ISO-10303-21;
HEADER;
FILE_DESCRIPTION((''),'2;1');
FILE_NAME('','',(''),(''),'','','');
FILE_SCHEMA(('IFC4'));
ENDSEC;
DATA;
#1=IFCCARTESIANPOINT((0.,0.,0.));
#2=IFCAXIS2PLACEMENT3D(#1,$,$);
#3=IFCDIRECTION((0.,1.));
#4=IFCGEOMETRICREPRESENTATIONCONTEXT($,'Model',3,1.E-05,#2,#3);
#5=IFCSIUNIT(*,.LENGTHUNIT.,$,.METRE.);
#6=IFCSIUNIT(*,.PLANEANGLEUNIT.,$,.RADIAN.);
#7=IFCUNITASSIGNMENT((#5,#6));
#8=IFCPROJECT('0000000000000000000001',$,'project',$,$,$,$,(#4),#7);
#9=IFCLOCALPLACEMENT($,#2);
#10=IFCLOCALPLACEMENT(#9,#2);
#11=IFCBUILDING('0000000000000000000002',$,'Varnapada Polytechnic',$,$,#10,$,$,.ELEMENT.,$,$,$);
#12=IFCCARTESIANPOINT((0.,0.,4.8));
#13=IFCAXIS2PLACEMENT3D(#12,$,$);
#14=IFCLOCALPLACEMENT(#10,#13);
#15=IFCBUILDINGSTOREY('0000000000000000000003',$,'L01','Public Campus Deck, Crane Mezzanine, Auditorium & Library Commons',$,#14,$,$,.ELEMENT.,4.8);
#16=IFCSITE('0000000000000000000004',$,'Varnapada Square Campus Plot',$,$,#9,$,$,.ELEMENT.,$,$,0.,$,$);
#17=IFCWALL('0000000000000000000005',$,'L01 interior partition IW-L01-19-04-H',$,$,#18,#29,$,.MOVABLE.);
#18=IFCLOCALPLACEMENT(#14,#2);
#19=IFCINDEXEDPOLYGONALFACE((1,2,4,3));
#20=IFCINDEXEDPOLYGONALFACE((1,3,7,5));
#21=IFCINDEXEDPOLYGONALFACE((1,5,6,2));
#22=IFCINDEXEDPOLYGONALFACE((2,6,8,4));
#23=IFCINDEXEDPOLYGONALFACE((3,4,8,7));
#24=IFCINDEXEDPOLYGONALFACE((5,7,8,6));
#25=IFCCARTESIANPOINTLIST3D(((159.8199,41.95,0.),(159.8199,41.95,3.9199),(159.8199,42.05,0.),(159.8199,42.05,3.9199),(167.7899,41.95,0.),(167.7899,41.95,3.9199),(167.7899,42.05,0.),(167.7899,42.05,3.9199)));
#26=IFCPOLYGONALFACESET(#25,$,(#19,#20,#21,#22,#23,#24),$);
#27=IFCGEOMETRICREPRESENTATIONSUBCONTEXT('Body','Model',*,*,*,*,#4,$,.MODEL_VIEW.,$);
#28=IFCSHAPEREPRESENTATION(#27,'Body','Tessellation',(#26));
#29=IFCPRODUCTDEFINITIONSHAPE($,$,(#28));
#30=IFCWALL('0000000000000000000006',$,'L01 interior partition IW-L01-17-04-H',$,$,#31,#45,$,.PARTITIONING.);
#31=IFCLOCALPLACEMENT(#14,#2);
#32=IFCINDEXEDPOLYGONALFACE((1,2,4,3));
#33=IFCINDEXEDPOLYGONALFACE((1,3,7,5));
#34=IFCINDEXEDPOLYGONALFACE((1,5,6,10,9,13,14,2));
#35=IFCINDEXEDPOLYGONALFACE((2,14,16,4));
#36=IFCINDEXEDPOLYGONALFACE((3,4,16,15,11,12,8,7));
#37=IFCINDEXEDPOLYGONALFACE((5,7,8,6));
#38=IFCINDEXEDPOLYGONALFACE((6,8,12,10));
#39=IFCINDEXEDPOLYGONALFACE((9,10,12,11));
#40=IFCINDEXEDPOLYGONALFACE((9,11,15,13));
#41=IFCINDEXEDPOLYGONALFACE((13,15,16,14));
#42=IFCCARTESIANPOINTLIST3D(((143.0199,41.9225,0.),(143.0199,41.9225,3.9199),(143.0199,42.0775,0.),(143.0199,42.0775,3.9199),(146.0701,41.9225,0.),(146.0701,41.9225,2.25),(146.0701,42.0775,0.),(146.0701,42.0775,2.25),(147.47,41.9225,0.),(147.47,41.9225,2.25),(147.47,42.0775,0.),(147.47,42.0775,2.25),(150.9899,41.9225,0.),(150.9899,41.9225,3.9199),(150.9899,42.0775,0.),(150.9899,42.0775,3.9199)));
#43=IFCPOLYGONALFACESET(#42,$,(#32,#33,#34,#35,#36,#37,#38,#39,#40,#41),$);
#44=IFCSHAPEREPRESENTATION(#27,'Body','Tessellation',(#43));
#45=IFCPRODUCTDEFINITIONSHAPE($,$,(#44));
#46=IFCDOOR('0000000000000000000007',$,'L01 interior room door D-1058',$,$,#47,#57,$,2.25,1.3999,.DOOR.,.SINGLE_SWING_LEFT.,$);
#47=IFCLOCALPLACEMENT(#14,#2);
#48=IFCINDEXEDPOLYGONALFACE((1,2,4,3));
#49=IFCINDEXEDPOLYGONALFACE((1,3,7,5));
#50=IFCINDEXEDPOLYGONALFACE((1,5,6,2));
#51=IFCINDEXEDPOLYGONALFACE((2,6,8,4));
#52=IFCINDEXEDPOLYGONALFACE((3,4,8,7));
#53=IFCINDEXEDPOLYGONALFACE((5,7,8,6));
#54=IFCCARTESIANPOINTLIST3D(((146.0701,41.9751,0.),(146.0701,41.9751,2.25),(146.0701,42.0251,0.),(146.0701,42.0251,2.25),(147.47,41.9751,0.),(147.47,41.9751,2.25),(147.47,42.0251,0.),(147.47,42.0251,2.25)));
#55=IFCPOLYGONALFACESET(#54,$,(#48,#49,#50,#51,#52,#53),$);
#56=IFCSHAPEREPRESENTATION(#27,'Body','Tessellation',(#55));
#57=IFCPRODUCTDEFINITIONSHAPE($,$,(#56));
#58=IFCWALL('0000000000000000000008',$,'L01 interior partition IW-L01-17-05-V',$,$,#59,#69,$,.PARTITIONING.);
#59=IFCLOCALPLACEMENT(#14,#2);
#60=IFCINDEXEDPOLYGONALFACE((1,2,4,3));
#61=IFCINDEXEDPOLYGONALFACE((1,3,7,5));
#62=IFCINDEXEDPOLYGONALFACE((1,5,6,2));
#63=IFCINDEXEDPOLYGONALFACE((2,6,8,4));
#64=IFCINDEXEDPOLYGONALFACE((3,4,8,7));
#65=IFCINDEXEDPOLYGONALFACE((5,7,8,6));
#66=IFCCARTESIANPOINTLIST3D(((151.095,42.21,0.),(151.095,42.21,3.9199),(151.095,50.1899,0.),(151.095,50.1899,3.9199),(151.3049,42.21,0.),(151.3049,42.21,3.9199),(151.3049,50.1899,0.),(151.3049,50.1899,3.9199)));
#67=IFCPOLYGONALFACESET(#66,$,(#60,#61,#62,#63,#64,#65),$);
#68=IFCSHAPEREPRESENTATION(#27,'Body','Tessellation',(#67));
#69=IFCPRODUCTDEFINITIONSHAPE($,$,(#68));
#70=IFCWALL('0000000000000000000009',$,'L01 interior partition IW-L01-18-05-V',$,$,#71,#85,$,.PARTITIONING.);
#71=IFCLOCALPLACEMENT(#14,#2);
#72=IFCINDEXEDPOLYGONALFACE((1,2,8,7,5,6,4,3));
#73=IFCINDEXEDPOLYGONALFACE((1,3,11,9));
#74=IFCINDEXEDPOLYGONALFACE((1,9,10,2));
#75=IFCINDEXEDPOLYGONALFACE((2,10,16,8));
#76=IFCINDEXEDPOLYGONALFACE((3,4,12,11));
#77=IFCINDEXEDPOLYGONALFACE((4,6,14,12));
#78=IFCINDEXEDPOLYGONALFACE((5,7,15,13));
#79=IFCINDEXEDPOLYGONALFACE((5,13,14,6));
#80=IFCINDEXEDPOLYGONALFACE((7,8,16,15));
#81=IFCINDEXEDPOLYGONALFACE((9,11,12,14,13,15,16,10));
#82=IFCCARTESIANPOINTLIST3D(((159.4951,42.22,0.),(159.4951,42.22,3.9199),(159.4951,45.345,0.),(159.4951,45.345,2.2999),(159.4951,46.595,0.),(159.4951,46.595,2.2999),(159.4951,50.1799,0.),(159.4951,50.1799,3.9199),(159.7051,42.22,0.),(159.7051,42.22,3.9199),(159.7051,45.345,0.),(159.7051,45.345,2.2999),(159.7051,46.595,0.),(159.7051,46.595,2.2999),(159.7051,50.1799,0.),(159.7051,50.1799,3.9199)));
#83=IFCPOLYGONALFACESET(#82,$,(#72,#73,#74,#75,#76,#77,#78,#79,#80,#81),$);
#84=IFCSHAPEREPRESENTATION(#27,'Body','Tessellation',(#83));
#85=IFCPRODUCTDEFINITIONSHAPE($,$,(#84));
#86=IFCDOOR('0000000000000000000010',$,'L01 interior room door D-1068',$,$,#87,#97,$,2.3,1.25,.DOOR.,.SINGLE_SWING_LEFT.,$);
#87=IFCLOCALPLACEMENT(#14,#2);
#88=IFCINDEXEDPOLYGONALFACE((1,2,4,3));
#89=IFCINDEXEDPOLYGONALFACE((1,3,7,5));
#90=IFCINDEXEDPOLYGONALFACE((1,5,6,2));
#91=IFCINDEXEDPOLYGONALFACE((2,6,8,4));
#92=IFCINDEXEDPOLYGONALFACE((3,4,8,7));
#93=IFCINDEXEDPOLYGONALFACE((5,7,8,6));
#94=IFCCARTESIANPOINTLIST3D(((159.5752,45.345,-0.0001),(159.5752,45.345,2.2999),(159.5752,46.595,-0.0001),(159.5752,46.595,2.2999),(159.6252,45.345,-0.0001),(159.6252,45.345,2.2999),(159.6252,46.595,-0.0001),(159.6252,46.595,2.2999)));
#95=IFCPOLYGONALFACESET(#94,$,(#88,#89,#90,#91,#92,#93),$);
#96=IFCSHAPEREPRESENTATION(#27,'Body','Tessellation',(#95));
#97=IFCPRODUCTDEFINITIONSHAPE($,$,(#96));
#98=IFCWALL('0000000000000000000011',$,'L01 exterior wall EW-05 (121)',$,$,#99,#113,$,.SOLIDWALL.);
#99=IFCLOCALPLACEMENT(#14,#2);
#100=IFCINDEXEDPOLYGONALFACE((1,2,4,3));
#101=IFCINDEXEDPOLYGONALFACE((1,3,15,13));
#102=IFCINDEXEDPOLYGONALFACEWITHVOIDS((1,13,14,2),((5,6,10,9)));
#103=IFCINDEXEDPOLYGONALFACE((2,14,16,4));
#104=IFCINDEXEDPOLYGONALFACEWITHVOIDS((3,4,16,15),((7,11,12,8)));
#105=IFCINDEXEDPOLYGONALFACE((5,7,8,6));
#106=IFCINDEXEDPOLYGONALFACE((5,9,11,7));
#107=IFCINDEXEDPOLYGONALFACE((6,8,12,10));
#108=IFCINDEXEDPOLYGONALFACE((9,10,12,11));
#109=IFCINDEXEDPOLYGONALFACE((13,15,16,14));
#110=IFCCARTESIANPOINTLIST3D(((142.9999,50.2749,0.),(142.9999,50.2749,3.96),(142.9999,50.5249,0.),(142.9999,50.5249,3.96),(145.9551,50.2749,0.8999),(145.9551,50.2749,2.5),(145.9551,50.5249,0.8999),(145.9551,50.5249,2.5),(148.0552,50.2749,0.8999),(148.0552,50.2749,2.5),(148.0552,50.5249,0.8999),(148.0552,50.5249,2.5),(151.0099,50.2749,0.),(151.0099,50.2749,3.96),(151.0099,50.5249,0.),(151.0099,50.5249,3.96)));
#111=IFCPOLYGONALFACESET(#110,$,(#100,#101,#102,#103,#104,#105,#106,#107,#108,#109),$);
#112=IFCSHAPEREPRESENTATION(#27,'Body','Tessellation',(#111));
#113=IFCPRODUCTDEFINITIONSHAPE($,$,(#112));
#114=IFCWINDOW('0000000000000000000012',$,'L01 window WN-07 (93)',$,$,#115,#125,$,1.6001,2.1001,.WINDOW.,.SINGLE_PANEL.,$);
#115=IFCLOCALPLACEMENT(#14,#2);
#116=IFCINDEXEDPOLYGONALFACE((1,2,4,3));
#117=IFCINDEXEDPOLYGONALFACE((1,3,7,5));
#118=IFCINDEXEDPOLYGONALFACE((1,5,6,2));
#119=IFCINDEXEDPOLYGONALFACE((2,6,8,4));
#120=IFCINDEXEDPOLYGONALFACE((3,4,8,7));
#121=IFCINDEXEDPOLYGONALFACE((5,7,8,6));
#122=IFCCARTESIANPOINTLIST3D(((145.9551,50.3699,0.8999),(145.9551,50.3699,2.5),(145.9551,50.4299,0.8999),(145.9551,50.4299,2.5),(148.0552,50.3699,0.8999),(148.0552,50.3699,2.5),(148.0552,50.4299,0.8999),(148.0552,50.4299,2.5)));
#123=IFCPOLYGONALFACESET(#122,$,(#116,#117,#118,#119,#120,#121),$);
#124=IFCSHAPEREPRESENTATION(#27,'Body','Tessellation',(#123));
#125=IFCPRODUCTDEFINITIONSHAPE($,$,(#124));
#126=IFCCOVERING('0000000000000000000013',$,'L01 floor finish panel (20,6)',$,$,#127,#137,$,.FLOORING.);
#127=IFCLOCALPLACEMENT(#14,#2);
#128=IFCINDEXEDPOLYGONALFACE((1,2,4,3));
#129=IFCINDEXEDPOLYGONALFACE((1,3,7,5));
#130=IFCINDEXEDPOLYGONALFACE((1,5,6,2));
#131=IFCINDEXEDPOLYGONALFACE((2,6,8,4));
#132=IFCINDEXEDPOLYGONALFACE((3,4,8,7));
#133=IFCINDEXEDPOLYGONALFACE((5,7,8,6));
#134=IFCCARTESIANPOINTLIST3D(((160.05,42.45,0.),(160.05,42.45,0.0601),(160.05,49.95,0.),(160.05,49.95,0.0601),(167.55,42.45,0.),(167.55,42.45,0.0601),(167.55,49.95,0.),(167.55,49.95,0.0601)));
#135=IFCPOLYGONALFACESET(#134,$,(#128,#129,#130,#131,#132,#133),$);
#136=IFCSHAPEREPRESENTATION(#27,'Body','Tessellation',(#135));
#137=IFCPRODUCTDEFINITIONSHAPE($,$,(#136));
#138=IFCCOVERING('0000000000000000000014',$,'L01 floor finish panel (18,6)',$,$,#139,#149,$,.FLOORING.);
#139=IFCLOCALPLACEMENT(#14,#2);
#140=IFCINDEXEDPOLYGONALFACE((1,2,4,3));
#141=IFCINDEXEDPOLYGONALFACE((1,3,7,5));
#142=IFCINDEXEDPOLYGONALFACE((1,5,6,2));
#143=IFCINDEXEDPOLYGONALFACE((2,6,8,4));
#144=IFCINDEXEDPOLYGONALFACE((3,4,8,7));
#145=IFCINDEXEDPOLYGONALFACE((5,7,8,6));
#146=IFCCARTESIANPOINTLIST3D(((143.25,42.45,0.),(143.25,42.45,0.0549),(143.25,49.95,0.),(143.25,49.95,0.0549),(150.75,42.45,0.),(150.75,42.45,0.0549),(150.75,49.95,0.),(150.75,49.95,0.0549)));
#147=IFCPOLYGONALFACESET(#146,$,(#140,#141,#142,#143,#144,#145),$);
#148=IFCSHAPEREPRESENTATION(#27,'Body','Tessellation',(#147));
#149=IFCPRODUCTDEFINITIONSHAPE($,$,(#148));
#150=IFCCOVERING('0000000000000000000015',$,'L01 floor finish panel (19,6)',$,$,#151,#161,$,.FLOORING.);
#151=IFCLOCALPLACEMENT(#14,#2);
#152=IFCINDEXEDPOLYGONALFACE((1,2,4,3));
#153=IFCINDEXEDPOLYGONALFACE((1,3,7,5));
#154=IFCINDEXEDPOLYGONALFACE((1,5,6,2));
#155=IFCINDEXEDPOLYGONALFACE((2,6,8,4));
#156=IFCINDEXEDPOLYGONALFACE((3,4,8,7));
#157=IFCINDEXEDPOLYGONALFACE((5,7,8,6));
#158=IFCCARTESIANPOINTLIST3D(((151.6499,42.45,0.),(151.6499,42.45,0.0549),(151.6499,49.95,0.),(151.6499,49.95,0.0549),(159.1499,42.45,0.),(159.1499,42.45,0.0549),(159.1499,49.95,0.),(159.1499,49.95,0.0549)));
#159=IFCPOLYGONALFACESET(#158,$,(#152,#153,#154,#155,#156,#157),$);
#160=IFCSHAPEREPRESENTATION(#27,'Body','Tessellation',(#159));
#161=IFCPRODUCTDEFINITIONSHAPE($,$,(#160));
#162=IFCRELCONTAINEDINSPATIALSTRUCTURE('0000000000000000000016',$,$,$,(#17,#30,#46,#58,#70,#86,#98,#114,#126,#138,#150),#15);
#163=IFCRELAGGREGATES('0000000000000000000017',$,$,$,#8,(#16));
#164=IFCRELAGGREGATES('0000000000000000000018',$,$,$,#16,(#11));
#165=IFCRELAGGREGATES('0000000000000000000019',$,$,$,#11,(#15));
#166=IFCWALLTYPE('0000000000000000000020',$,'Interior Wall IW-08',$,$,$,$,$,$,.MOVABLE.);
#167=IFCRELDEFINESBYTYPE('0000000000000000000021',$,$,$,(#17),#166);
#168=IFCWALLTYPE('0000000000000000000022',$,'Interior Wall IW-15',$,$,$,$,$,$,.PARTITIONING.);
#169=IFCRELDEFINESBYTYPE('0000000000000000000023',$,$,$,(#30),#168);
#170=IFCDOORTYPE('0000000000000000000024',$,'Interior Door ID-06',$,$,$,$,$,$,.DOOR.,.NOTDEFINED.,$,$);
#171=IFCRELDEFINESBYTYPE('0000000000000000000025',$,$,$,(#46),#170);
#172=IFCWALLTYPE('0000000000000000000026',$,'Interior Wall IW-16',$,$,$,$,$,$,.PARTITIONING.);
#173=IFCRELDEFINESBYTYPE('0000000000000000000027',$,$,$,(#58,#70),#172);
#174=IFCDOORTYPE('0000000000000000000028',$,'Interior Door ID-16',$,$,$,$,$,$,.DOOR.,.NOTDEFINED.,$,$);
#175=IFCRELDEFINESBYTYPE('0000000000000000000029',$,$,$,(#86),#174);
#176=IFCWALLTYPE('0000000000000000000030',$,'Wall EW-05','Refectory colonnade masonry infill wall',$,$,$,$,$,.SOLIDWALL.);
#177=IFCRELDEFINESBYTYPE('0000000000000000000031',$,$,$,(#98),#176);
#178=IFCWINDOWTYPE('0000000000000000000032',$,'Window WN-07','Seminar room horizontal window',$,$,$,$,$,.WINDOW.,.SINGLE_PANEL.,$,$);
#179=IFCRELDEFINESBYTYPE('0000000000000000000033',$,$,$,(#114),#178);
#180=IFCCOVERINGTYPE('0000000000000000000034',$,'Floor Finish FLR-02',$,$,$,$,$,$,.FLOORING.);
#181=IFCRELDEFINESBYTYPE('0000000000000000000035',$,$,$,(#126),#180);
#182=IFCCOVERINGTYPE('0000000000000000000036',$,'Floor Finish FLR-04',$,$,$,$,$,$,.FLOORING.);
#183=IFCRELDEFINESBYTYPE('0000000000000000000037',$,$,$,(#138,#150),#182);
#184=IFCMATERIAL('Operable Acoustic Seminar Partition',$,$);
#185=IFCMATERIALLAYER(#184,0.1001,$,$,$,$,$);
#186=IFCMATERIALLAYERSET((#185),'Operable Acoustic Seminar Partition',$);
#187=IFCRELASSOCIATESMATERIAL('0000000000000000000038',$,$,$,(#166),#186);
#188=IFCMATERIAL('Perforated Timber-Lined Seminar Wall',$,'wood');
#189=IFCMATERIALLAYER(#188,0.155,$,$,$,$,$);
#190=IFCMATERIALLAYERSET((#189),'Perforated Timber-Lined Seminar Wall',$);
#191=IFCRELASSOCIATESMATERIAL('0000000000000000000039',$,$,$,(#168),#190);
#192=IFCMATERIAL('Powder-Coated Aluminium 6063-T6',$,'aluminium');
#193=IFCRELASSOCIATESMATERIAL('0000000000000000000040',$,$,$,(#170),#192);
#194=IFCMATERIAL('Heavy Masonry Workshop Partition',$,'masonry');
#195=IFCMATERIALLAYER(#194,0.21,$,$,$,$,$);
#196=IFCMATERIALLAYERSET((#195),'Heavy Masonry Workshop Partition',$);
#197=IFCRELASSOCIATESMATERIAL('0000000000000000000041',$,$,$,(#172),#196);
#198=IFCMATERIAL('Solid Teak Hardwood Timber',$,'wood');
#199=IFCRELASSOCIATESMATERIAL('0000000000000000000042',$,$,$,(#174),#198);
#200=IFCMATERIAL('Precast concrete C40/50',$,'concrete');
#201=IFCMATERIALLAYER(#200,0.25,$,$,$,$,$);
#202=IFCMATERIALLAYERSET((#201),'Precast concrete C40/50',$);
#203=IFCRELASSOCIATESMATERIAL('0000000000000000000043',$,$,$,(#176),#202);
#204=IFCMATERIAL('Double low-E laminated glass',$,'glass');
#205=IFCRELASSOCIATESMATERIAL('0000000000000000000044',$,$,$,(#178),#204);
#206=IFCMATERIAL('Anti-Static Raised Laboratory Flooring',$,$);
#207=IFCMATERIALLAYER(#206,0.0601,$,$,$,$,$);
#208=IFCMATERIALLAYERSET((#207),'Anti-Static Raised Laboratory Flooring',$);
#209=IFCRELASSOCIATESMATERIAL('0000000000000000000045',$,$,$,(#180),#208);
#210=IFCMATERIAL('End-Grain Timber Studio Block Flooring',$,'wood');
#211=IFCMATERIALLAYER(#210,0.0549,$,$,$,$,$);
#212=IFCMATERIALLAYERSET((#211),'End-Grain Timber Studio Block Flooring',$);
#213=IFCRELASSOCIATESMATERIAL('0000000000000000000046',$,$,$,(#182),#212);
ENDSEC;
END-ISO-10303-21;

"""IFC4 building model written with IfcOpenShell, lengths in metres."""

from ifc_helpers import new_model, si_unit, direction, frame, frame_2d, origin, origin_2d, place, context, subcontext, project, spatial, rectangle, extrude, material, layer, layer_set, type_object, element, fill, save


model = new_model("IFC4")

# Units and contexts
model_context = context("Model", 3, precision=1e-05, world=origin(), true_north=direction((0.0, 1.0)))
body_context = subcontext(model_context, "Body", "Model", "MODEL_VIEW")
ifc_project = project(units=[si_unit("LENGTHUNIT", "METRE"), si_unit("PLANEANGLEUNIT", "RADIAN")], contexts=[model_context])

# Site, building, storey
site_placement = place(None, origin())
site = spatial("IfcSite", under=ifc_project, at=site_placement, Name="Varnapada Square Campus Plot", CompositionType="ELEMENT", RefElevation=0.0)
building_placement = place(site_placement, origin())
building = spatial("IfcBuilding", under=site, at=building_placement, Name="Varnapada Polytechnic", CompositionType="ELEMENT")
storey_placement = place(building_placement, frame((0.0, 0.0, 4.8)))
storey = spatial("IfcBuildingStorey", under=building, at=storey_placement, Name="L01", Description="Public Campus Deck, Crane Mezzanine, Auditorium & Library Commons", CompositionType="ELEMENT", Elevation=4.8)

# Wall
ifc_material_1 = material(Name="Operable Acoustic Seminar Partition")
ifc_layer_1 = layer(ifc_material_1, 0.1001)
ifc_layer_set_1 = layer_set([ifc_layer_1], Name="Operable Acoustic Seminar Partition")
wall_type_1 = type_object("IfcWallType", Name="Interior Wall IW-08", PredefinedType="MOVABLE", material=ifc_layer_set_1)
wall_1_placement = place(storey_placement, frame((159.8201, 42.0, 0.0), z_axis=(0.0, 0.0, 1.0), x_axis=(1.0, 0.0, 0.0)))
element("IfcWall", 1, at=wall_1_placement, inside=storey, type_object=wall_type_1, Name="L01 interior partition IW-L01-19-04-H", PredefinedType="MOVABLE", context=body_context, shape_type="SweptSolid", body=[
    extrude(rectangle(XDim=7.97, YDim=0.1001, at=frame_2d((3.9849, 0.0))), origin(), (0.0, 0.0, 1.0), 3.9199),
])

# Wall, opening, door
ifc_material_2 = material(Name="Perforated Timber-Lined Seminar Wall", Category="wood")
ifc_layer_2 = layer(ifc_material_2, 0.155)
ifc_layer_set_2 = layer_set([ifc_layer_2], Name="Perforated Timber-Lined Seminar Wall")
wall_type_2 = type_object("IfcWallType", Name="Interior Wall IW-15", PredefinedType="PARTITIONING", material=ifc_layer_set_2)
wall_2_placement = place(storey_placement, frame((143.02, 42.0, 0.0), z_axis=(0.0, 0.0, 1.0), x_axis=(1.0, 0.0, 0.0)))
wall_2 = element("IfcWall", 2, at=wall_2_placement, inside=storey, type_object=wall_type_2, Name="L01 interior partition IW-L01-17-04-H", PredefinedType="PARTITIONING", context=body_context, shape_type="SweptSolid", body=[
    extrude(rectangle(XDim=7.97, YDim=0.155, at=frame_2d((3.9849, 0.0))), origin(), (0.0, 0.0, 1.0), 3.9199),
])
opening_1_placement = place(wall_2_placement, frame((3.05, 0.0, 0.0)))
opening_1 = element("IfcOpeningElement", 3, at=opening_1_placement, cuts=wall_2, PredefinedType="OPENING", context=body_context, shape_type="SweptSolid", body=[
    extrude(rectangle(XDim=1.3999, YDim=2.25, at=frame_2d((0.7, 1.125))), frame((0.0, 0.0874, 0.0), z_axis=(0.0, -1.0, 0.0), x_axis=(1.0, 0.0, 0.0)), (0.0, 0.0, 1.0), 0.175),
])
ifc_material_3 = material(Name="Powder-Coated Aluminium 6063-T6", Category="aluminium")
door_type_1 = type_object("IfcDoorType", Name="Interior Door ID-06", OperationType="NOTDEFINED", PredefinedType="DOOR", material=ifc_material_3)
door_1_placement = place(opening_1_placement, frame((1.3999, 0.0, 0.0), z_axis=(0.0, 0.0, 1.0), x_axis=(-1.0, 0.0, 0.0)))
door_1 = element("IfcDoor", 4, at=door_1_placement, inside=storey, type_object=door_type_1, Name="L01 interior room door D-1058", OperationType="SINGLE_SWING_LEFT", OverallHeight=2.25, OverallWidth=1.3999, PredefinedType="DOOR", context=body_context, shape_type="SweptSolid", body=[
    extrude(rectangle(XDim=1.3999, YDim=2.25, at=frame_2d((0.7, 1.125))), frame((0.0, 0.0249, 0.0), z_axis=(0.0, -1.0, 0.0), x_axis=(1.0, 0.0, 0.0)), (0.0, 0.0, 1.0), 0.05),
])
fill(opening_1, door_1)

# Wall
ifc_material_4 = material(Name="Heavy Masonry Workshop Partition", Category="masonry")
ifc_layer_3 = layer(ifc_material_4, 0.21)
ifc_layer_set_3 = layer_set([ifc_layer_3], Name="Heavy Masonry Workshop Partition")
wall_type_3 = type_object("IfcWallType", Name="Interior Wall IW-16", PredefinedType="PARTITIONING", material=ifc_layer_set_3)
wall_3_placement = place(storey_placement, frame((151.2, 42.21, 0.0), z_axis=(0.0, 0.0, 1.0), x_axis=(0.0, 1.0, 0.0)))
element("IfcWall", 5, at=wall_3_placement, inside=storey, type_object=wall_type_3, Name="L01 interior partition IW-L01-17-05-V", PredefinedType="PARTITIONING", context=body_context, shape_type="SweptSolid", body=[
    extrude(rectangle(XDim=7.98, YDim=0.21, at=frame_2d((3.99, 0.0))), origin(), (0.0, 0.0, 1.0), 3.9199),
])

# Wall, opening, door
wall_4_placement = place(storey_placement, frame((159.6001, 42.22, 0.0), z_axis=(0.0, 0.0, 1.0), x_axis=(0.0, 1.0, 0.0)))
wall_4 = element("IfcWall", 6, at=wall_4_placement, inside=storey, type_object=wall_type_3, Name="L01 interior partition IW-L01-18-05-V", PredefinedType="PARTITIONING", context=body_context, shape_type="SweptSolid", body=[
    extrude(rectangle(XDim=7.96, YDim=0.21, at=frame_2d((3.98, 0.0))), origin(), (0.0, 0.0, 1.0), 3.9199),
])
opening_2_placement = place(wall_4_placement, frame((3.125, 0.0, 0.0)))
opening_2 = element("IfcOpeningElement", 7, at=opening_2_placement, cuts=wall_4, PredefinedType="OPENING", context=body_context, shape_type="SweptSolid", body=[
    extrude(rectangle(XDim=1.25, YDim=2.3, at=frame_2d((0.625, 1.1499))), frame((0.0, 0.115, 0.0), z_axis=(0.0, -1.0, 0.0), x_axis=(1.0, 0.0, 0.0)), (0.0, 0.0, 1.0), 0.23),
])
ifc_material_5 = material(Name="Solid Teak Hardwood Timber", Category="wood")
door_type_2 = type_object("IfcDoorType", Name="Interior Door ID-16", OperationType="NOTDEFINED", PredefinedType="DOOR", material=ifc_material_5)
door_2_placement = place(opening_2_placement, origin())
door_2 = element("IfcDoor", 8, at=door_2_placement, inside=storey, type_object=door_type_2, Name="L01 interior room door D-1068", OperationType="SINGLE_SWING_LEFT", OverallHeight=2.3, OverallWidth=1.25, PredefinedType="DOOR", context=body_context, shape_type="SweptSolid", body=[
    extrude(rectangle(XDim=1.25, YDim=2.3, at=frame_2d((0.625, 1.1499))), frame((0.0, 0.0249, 0.0), z_axis=(0.0, -1.0, 0.0), x_axis=(1.0, 0.0, 0.0)), (0.0, 0.0, 1.0), 0.05),
])
fill(opening_2, door_2)

# Wall, opening, window
ifc_material_6 = material(Name="Precast concrete C40/50", Category="concrete")
ifc_layer_4 = layer(ifc_material_6, 0.25)
ifc_layer_set_4 = layer_set([ifc_layer_4], Name="Precast concrete C40/50")
wall_type_4 = type_object("IfcWallType", Name="Wall EW-05", Description="Refectory colonnade masonry infill wall", PredefinedType="SOLIDWALL", material=ifc_layer_set_4)
wall_5_placement = place(storey_placement, frame((143.0, 50.3999, 0.0), z_axis=(0.0, 0.0, 1.0), x_axis=(1.0, 0.0, 0.0)))
wall_5 = element("IfcWall", 9, at=wall_5_placement, inside=storey, type_object=wall_type_4, Name="L01 exterior wall EW-05 (121)", PredefinedType="SOLIDWALL", context=body_context, shape_type="SweptSolid", body=[
    extrude(rectangle(XDim=8.01, YDim=0.25, at=frame_2d((4.0049, 0.0))), origin(), (0.0, 0.0, 1.0), 3.96),
])
opening_3_placement = place(wall_5_placement, frame((2.9551, 0.0, 0.8999)))
opening_3 = element("IfcOpeningElement", 10, at=opening_3_placement, cuts=wall_5, PredefinedType="OPENING", context=body_context, shape_type="SweptSolid", body=[
    extrude(rectangle(XDim=2.1001, YDim=1.6001, at=frame_2d((1.05, 0.8))), frame((0.0, 0.135, 0.0), z_axis=(0.0, -1.0, 0.0), x_axis=(1.0, 0.0, 0.0)), (0.0, 0.0, 1.0), 0.27),
])
ifc_material_7 = material(Name="Double low-E laminated glass", Category="glass")
window_type = type_object("IfcWindowType", Name="Window WN-07", Description="Seminar room horizontal window", PartitioningType="SINGLE_PANEL", PredefinedType="WINDOW", material=ifc_material_7)
window_placement = place(opening_3_placement, origin())
window = element("IfcWindow", 11, at=window_placement, inside=storey, type_object=window_type, Name="L01 window WN-07 (93)", OverallHeight=1.6001, OverallWidth=2.1001, PartitioningType="SINGLE_PANEL", PredefinedType="WINDOW", context=body_context, shape_type="SweptSolid", body=[
    extrude(rectangle(XDim=2.1001, YDim=1.6001, at=frame_2d((1.05, 0.8))), frame((0.0, 0.03, 0.0), z_axis=(0.0, -1.0, 0.0), x_axis=(1.0, 0.0, 0.0)), (0.0, 0.0, 1.0), 0.0601),
])
fill(opening_3, window)

# Coverings
ifc_material_8 = material(Name="Anti-Static Raised Laboratory Flooring")
ifc_layer_5 = layer(ifc_material_8, 0.0601)
ifc_layer_set_5 = layer_set([ifc_layer_5], Name="Anti-Static Raised Laboratory Flooring")
covering_type_1 = type_object("IfcCoveringType", Name="Floor Finish FLR-02", PredefinedType="FLOORING", material=ifc_layer_set_5)
covering_1_placement = place(storey_placement, frame((163.8, 46.2, 0.0), z_axis=(0.0, 0.0, 1.0), x_axis=(1.0, 0.0, 0.0)))
element("IfcCovering", 12, at=covering_1_placement, inside=storey, type_object=covering_type_1, Name="L01 floor finish panel (20,6)", PredefinedType="FLOORING", context=body_context, shape_type="SweptSolid", body=[
    extrude(rectangle(XDim=7.5, YDim=7.5, at=origin_2d()), origin(), (0.0, 0.0, 1.0), 0.0601),
])
ifc_material_9 = material(Name="End-Grain Timber Studio Block Flooring", Category="wood")
ifc_layer_6 = layer(ifc_material_9, 0.0549)
ifc_layer_set_6 = layer_set([ifc_layer_6], Name="End-Grain Timber Studio Block Flooring")
covering_type_2 = type_object("IfcCoveringType", Name="Floor Finish FLR-04", PredefinedType="FLOORING", material=ifc_layer_set_6)
for number, where, z_axis, x_axis, name in (
    (13, (147.0, 46.2, 0.0), (0.0, 0.0, 1.0), (1.0, 0.0, 0.0), "L01 floor finish panel (18,6)"),
    (14, (155.3999, 46.2, 0.0), (0.0, 0.0, 1.0), (1.0, 0.0, 0.0), "L01 floor finish panel (19,6)"),
):
    element("IfcCovering", number, at=place(storey_placement, frame(where, z_axis=z_axis, x_axis=x_axis)), inside=storey, type_object=covering_type_2, Name=name, PredefinedType="FLOORING", context=body_context, shape_type="SweptSolid", body=[
        extrude(rectangle(XDim=7.5, YDim=7.5, at=origin_2d()), origin(), (0.0, 0.0, 1.0), 0.0549),
    ])

save(model, "model.ifc")
